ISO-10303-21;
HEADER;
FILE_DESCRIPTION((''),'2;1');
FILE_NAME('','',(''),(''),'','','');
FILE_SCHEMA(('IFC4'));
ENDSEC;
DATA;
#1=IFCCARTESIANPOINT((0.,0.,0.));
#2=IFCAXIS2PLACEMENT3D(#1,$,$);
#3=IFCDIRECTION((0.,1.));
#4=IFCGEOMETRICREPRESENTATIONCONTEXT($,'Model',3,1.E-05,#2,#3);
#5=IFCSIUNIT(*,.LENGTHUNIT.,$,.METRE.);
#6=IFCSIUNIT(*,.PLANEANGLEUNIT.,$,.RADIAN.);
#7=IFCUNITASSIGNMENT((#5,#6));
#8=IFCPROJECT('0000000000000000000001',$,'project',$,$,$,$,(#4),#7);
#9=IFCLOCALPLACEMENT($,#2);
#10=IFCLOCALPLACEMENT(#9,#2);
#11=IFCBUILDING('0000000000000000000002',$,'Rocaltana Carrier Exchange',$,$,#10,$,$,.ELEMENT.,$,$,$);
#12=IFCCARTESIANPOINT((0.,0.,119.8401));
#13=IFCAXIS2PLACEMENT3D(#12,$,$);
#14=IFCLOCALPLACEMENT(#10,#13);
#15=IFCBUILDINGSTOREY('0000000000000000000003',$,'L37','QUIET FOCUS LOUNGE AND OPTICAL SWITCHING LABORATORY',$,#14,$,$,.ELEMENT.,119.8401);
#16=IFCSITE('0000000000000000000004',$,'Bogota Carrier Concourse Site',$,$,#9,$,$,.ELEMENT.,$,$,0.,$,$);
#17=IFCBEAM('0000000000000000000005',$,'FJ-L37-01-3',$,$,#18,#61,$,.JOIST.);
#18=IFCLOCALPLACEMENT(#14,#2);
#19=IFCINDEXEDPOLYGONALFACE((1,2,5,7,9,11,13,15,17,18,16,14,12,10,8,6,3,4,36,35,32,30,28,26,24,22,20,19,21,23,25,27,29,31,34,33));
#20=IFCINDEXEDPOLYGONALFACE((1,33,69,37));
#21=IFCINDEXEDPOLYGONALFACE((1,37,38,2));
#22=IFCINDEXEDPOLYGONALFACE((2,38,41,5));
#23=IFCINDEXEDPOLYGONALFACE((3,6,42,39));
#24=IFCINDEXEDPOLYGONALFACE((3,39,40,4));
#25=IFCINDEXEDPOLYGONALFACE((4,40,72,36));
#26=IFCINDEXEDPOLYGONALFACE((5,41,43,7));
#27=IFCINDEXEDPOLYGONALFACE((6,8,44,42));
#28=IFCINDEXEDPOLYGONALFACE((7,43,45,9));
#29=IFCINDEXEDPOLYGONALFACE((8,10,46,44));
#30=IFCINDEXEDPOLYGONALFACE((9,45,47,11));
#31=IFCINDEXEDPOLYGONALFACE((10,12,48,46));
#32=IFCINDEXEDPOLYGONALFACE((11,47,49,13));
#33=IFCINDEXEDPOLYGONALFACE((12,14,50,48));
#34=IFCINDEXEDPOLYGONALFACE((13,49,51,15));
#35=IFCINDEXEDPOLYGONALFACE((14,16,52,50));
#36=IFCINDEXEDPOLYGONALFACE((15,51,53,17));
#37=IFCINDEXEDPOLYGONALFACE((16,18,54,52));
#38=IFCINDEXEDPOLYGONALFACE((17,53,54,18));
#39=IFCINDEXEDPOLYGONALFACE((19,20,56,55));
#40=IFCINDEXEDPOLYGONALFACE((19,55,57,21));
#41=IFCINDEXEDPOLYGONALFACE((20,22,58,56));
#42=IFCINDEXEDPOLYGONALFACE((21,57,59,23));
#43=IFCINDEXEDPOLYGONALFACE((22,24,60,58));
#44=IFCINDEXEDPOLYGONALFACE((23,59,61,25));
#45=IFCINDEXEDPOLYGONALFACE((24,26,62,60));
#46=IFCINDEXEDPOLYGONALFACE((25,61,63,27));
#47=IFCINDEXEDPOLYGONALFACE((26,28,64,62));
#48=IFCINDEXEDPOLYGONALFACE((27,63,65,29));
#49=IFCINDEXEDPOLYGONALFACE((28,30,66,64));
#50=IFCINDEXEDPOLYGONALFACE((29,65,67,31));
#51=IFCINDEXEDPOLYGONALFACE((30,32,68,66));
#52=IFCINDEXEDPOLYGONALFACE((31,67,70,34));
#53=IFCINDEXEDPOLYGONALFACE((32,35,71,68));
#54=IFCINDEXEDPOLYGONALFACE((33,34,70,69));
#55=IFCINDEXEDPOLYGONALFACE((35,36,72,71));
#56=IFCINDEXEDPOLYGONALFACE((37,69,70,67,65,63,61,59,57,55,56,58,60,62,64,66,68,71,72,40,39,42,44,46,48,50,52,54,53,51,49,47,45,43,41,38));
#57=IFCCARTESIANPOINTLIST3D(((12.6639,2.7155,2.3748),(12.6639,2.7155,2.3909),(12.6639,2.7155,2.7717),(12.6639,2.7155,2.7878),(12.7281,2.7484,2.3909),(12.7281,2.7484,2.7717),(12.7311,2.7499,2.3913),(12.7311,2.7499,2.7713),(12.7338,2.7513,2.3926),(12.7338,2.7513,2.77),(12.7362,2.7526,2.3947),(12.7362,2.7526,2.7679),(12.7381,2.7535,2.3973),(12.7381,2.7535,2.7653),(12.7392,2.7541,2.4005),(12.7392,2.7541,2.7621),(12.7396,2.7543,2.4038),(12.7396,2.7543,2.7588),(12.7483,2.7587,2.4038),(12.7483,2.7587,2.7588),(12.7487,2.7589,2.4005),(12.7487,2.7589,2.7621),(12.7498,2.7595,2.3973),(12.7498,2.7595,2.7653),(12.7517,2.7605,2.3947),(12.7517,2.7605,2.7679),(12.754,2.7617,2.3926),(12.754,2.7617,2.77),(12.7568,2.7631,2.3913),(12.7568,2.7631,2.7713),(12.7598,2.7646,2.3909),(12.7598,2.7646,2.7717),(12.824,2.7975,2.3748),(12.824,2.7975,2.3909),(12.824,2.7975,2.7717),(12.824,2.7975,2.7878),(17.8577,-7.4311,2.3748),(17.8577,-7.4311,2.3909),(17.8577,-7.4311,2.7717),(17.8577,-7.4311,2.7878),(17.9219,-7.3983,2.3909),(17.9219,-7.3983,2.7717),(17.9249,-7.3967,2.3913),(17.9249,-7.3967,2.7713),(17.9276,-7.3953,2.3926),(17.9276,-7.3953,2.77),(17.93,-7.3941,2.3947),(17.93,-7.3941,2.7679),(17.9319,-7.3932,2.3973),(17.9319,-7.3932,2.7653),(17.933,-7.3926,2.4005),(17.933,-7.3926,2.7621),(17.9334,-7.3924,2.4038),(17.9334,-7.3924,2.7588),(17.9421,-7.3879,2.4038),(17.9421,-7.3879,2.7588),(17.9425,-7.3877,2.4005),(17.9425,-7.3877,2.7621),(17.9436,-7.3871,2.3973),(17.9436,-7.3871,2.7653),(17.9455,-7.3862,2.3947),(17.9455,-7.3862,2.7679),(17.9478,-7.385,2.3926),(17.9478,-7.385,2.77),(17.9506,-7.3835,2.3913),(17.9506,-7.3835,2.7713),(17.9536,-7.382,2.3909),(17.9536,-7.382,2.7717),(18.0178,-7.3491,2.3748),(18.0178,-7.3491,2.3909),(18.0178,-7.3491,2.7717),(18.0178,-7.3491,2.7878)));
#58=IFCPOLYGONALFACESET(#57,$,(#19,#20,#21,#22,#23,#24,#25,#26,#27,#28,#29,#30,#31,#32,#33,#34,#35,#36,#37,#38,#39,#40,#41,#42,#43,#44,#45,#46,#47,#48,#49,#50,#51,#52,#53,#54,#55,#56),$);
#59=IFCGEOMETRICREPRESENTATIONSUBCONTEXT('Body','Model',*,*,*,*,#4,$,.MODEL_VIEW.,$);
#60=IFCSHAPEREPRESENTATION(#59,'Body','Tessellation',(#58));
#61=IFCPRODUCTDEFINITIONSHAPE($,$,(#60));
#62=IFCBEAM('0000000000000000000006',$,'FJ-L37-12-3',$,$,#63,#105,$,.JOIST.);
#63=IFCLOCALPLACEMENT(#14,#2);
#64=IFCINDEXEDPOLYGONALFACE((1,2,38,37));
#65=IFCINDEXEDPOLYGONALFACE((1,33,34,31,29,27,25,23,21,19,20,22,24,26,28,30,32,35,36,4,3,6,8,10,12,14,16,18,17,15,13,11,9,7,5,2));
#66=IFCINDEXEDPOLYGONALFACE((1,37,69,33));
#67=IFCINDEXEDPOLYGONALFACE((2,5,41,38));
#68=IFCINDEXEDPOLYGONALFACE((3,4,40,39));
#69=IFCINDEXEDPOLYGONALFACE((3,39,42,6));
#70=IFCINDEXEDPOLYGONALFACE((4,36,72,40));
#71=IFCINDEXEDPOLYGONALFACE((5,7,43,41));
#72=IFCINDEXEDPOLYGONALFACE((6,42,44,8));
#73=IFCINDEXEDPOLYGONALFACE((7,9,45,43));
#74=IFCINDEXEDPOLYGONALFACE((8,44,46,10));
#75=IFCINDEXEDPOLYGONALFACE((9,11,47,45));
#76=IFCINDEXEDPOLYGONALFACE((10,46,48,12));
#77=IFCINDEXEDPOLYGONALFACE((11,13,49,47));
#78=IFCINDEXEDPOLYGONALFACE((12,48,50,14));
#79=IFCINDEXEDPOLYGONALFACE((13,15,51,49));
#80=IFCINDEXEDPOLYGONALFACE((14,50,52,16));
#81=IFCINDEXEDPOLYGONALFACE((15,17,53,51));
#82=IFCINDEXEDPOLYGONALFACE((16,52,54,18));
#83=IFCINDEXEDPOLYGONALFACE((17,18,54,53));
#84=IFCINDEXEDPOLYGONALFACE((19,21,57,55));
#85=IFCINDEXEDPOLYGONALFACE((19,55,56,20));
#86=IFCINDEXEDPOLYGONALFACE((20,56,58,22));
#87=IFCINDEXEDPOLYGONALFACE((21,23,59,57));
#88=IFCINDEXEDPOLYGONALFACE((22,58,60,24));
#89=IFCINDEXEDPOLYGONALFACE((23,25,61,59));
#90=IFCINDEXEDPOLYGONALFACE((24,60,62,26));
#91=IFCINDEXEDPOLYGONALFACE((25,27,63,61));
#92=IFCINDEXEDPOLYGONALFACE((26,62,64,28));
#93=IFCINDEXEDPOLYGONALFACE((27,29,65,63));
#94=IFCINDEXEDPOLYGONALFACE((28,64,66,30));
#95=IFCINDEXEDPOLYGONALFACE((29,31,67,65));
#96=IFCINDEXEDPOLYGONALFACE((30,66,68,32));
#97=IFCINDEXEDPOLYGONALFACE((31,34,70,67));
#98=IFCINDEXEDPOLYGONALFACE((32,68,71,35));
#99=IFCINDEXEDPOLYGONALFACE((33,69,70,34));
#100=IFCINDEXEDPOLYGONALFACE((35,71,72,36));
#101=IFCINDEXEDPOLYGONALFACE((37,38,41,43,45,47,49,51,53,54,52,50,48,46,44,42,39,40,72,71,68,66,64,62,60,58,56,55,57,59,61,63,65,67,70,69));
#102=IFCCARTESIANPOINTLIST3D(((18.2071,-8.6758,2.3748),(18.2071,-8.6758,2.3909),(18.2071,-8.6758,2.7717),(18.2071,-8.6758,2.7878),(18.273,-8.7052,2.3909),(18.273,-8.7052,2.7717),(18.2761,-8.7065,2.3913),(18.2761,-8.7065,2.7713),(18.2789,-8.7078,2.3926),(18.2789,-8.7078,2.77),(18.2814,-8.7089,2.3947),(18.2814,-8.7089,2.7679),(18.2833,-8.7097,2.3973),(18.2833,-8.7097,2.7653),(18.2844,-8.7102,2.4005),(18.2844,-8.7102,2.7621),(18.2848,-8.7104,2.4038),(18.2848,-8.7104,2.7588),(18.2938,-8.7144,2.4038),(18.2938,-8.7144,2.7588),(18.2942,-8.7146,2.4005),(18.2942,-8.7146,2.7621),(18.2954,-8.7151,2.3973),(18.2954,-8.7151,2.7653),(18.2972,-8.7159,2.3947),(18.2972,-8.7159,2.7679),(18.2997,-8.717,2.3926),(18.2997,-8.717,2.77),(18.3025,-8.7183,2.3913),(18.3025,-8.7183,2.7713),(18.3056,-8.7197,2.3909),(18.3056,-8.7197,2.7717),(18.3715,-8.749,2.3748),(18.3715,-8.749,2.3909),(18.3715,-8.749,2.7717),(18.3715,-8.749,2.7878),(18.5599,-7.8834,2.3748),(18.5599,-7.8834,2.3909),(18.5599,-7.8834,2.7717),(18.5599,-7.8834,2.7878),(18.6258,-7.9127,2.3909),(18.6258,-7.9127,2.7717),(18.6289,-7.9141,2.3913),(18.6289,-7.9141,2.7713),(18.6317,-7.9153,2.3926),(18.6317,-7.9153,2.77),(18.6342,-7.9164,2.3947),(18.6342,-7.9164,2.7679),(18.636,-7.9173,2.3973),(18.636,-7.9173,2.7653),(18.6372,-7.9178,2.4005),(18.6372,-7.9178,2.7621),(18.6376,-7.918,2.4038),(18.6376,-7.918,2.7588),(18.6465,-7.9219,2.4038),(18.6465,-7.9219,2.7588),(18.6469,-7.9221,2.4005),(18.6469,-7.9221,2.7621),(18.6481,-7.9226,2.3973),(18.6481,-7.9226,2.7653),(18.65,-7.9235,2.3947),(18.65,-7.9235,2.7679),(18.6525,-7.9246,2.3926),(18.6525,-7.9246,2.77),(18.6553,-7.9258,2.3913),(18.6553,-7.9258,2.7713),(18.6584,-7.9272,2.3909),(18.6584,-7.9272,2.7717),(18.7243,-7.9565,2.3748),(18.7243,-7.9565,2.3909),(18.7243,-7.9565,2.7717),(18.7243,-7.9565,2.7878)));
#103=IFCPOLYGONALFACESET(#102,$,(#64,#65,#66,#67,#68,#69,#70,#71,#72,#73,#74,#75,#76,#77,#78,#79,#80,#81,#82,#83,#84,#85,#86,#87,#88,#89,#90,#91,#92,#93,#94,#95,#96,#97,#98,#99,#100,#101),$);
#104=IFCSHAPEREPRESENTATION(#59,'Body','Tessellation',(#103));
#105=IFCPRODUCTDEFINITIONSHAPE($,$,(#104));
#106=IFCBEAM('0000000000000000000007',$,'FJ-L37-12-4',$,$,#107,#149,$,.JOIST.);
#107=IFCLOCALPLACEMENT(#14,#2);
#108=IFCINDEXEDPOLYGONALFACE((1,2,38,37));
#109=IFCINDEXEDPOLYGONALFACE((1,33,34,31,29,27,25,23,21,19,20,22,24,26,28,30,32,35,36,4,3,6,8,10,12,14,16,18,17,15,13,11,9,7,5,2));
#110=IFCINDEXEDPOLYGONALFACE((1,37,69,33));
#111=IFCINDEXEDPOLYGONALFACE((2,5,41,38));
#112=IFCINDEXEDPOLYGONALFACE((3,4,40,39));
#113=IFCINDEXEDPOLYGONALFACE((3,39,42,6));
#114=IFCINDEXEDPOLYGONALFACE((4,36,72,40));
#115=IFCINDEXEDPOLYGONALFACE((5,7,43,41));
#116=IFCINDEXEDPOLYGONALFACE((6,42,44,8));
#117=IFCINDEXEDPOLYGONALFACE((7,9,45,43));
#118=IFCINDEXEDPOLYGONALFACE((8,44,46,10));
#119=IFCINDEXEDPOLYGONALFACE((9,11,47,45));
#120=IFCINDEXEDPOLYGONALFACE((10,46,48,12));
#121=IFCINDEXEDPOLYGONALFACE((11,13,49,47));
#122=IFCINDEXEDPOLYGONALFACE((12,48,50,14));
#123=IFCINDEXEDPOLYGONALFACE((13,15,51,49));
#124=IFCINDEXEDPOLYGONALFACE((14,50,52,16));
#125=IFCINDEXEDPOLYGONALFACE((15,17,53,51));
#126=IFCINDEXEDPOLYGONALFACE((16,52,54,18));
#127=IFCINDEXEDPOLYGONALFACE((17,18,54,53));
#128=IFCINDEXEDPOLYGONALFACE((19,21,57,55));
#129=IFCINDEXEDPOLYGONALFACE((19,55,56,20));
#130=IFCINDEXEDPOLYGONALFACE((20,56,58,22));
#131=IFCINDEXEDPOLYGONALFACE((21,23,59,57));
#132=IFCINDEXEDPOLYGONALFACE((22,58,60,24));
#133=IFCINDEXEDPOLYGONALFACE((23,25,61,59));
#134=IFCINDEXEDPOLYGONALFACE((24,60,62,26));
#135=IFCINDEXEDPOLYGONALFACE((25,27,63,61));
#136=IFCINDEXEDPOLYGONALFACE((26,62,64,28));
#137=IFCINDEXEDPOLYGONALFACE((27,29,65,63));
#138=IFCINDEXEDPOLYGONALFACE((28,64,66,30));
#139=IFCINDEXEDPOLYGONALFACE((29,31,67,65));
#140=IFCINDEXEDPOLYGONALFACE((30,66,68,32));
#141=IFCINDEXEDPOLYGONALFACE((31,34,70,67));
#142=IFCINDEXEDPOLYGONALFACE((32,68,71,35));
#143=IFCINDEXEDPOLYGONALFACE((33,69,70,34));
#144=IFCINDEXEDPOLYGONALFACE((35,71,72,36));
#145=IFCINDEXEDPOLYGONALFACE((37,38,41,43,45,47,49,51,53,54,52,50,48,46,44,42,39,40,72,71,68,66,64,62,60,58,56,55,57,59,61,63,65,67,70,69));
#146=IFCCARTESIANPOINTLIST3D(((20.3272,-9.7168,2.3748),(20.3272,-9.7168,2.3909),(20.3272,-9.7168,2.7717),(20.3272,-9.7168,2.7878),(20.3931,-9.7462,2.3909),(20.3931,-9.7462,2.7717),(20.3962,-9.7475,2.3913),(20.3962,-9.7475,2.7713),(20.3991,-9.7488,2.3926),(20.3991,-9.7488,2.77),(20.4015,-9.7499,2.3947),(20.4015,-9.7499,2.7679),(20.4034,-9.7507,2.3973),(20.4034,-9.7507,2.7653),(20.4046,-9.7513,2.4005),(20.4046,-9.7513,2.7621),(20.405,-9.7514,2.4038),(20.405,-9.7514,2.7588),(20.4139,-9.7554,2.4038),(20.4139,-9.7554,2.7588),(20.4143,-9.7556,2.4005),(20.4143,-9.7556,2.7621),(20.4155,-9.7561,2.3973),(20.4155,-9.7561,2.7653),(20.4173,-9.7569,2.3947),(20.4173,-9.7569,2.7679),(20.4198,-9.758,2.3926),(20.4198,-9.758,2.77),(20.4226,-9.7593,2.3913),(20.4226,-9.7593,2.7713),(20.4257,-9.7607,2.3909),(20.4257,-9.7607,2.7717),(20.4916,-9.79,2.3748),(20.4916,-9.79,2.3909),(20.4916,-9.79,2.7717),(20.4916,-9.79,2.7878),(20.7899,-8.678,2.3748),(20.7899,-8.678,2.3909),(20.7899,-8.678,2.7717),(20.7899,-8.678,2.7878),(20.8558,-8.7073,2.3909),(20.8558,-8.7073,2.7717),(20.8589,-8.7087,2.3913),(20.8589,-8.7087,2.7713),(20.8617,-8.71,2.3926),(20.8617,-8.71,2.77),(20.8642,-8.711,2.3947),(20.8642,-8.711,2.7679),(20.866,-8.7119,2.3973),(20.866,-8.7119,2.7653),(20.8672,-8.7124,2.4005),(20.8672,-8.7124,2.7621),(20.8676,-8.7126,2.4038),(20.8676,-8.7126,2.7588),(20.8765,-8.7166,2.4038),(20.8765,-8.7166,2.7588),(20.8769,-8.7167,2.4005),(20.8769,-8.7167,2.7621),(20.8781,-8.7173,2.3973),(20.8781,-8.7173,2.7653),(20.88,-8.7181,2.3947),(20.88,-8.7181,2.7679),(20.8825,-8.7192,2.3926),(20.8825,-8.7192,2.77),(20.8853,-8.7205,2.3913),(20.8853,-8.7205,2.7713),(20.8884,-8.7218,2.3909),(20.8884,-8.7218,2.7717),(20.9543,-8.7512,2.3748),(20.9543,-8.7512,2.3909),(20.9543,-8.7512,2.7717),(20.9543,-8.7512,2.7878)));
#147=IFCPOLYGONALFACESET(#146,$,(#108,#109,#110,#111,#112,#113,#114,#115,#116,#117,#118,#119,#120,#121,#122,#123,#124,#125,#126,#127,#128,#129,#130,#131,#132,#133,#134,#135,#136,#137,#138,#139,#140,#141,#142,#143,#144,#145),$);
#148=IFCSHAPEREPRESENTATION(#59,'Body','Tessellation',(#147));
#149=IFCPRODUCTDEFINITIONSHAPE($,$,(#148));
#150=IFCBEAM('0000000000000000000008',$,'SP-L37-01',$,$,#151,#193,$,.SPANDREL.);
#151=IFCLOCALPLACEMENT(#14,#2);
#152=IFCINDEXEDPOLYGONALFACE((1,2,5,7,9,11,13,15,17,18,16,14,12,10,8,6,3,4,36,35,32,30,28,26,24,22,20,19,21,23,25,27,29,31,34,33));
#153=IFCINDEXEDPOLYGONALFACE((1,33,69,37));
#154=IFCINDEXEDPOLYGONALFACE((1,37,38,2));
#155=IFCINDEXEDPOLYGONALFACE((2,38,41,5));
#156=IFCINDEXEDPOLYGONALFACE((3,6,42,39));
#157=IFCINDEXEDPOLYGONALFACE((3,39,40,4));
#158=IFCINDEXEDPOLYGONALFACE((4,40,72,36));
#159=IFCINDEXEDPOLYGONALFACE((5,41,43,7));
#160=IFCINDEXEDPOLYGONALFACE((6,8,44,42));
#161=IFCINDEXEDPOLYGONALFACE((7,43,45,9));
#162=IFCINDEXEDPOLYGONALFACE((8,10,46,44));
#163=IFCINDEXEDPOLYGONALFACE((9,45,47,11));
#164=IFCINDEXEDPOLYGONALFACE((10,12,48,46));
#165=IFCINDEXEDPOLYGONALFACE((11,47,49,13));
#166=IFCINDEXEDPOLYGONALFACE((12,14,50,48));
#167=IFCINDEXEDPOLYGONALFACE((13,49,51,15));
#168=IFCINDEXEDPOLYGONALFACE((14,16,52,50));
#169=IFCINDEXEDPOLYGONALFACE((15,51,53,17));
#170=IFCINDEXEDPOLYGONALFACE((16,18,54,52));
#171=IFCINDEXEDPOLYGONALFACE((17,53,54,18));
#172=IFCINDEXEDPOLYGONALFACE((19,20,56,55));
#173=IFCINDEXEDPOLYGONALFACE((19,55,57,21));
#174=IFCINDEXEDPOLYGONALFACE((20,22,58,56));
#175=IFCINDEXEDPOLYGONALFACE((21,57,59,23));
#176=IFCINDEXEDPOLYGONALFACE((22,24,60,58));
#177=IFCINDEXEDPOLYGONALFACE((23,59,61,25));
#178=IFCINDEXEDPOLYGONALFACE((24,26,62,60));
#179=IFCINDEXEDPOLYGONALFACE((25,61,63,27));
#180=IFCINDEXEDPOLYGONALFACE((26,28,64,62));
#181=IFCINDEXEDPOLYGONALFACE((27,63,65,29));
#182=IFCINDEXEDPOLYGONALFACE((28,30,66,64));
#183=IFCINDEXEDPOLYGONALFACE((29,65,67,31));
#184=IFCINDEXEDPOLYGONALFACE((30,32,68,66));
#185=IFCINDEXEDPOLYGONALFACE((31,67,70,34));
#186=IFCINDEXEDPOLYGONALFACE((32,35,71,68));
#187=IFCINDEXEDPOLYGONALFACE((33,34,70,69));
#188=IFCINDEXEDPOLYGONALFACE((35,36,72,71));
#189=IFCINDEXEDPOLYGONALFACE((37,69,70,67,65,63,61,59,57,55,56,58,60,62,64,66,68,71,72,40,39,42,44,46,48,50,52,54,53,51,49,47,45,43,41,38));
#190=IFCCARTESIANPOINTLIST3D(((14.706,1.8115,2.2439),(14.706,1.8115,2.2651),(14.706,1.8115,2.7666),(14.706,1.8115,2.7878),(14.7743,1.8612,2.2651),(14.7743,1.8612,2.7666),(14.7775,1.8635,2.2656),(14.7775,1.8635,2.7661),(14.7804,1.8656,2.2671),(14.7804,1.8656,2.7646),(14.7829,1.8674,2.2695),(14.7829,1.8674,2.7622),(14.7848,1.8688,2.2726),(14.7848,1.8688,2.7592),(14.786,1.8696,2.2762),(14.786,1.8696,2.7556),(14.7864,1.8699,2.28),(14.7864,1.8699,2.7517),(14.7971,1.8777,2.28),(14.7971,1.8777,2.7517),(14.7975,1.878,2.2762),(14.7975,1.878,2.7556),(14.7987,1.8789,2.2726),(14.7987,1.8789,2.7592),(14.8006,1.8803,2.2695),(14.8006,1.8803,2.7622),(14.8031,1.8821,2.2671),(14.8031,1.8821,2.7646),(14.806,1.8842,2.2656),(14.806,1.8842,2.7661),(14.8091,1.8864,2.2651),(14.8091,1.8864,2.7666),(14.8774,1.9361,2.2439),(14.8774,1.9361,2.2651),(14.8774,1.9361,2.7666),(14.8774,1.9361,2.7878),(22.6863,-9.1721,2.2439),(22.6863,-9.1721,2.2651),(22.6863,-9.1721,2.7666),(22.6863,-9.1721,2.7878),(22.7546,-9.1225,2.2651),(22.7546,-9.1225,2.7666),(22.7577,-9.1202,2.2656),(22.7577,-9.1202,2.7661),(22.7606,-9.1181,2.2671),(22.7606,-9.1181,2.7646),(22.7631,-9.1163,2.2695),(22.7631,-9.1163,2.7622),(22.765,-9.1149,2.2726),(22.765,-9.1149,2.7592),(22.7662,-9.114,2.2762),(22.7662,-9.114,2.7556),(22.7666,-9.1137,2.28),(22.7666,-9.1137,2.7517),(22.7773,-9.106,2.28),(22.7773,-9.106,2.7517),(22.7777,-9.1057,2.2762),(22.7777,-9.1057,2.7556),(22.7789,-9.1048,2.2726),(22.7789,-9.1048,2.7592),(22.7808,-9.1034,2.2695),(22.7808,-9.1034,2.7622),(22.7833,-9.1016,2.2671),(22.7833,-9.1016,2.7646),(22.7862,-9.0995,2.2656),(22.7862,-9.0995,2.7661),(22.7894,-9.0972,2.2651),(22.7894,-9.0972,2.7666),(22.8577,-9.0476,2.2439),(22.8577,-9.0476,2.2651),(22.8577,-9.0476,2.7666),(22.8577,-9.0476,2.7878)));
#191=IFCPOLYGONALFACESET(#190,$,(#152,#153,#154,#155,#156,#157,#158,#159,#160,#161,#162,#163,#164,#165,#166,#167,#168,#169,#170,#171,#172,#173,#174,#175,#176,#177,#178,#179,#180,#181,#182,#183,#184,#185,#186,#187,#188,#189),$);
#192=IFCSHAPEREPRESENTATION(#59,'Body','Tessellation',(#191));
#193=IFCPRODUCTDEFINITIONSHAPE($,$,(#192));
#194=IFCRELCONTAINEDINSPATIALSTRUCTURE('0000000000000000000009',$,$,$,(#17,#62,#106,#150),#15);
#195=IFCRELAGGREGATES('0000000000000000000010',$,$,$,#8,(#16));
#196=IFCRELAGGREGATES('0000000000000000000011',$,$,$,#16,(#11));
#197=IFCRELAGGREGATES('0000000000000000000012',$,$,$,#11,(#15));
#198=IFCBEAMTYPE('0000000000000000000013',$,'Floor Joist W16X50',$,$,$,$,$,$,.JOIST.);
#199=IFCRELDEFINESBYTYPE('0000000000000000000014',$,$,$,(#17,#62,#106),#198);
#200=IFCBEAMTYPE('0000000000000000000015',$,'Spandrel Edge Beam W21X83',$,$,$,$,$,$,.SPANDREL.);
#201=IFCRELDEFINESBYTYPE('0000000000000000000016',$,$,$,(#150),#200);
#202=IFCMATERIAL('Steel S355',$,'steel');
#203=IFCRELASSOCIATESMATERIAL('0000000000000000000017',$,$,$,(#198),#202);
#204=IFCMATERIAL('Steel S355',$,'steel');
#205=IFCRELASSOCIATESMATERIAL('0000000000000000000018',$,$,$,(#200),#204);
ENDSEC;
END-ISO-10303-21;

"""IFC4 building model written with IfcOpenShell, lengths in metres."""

from ifc_helpers import new_model, si_unit, direction, frame, origin, origin_2d, place, context, subcontext, project, spatial, i_section, extrude, material, material_profile, profile_set, type_object, element, save


model = new_model("IFC4")

# Units and contexts
model_context = context("Model", 3, precision=1e-05, world=origin(), true_north=direction((0.0, 1.0)))
body_context = subcontext(model_context, "Body", "Model", "MODEL_VIEW")
ifc_project = project(units=[si_unit("LENGTHUNIT", "METRE"), si_unit("PLANEANGLEUNIT", "RADIAN")], contexts=[model_context])

# Site, building, storey
site_placement = place(None, origin())
site = spatial("IfcSite", under=ifc_project, at=site_placement, Name="Bogota Carrier Concourse Site", CompositionType="ELEMENT", RefElevation=0.0)
building_placement = place(site_placement, origin())
building = spatial("IfcBuilding", under=site, at=building_placement, Name="Rocaltana Carrier Exchange", CompositionType="ELEMENT")
storey_placement = place(building_placement, frame((0.0, 0.0, 119.8401)))
storey = spatial("IfcBuildingStorey", under=building, at=storey_placement, Name="L37", Description="QUIET FOCUS LOUNGE AND OPTICAL SWITCHING LABORATORY", CompositionType="ELEMENT", Elevation=119.8401)

# Beams
ifc_material_1 = material(Name="Steel S355", Category="steel")
ifc_material_profile_1 = material_profile(ifc_material_1, i_section(OverallWidth=0.1799, OverallDepth=0.4131, WebThickness=0.0098, FlangeThickness=0.0161, FilletRadius=0.0129, at=origin_2d()), Name="W16X50")
ifc_profile_set_1 = profile_set([ifc_material_profile_1], Name="Steel S355")
beam_type_1 = type_object("IfcBeamType", Name="Floor Joist W16X50", PredefinedType="JOIST", material=ifc_profile_set_1)
beam_1_placement = place(storey_placement, frame((17.9377, -7.3901, 2.5813), z_axis=(-0.455649, 0.890159, 0.0), x_axis=(-0.890159, -0.455649, 0.0)))
element("IfcBeam", 1, at=beam_1_placement, inside=storey, type_object=beam_type_1, Name="FJ-L37-01-3", PredefinedType="JOIST", context=body_context, shape_type="SweptSolid", body=[
    extrude(i_section(OverallWidth=0.1799, OverallDepth=0.4131, WebThickness=0.0098, FlangeThickness=0.0161, FilletRadius=0.0129, at=origin_2d()), origin(), (0.0, 0.0, 1.0), 11.3987),
])
beam_2_placement = place(storey_placement, frame((18.2893, -8.7124, 2.5813), z_axis=(0.406687, 0.913568, 0.0), x_axis=(-0.913568, 0.406687, 0.0)))
element("IfcBeam", 2, at=beam_2_placement, inside=storey, type_object=beam_type_1, Name="FJ-L37-12-3", PredefinedType="JOIST", context=body_context, shape_type="SweptSolid", body=[
    extrude(i_section(OverallWidth=0.1799, OverallDepth=0.4131, WebThickness=0.0098, FlangeThickness=0.0161, FilletRadius=0.0129, at=origin_2d()), origin(), (0.0, 0.0, 1.0), 0.8674),
])
beam_3_placement = place(storey_placement, frame((20.4094, -9.7534, 2.5813), z_axis=(0.406836, 0.913501, 0.0), x_axis=(-0.913501, 0.406836, 0.0)))
element("IfcBeam", 3, at=beam_3_placement, inside=storey, type_object=beam_type_1, Name="FJ-L37-12-4", PredefinedType="JOIST", context=body_context, shape_type="SweptSolid", body=[
    extrude(i_section(OverallWidth=0.1799, OverallDepth=0.4131, WebThickness=0.0098, FlangeThickness=0.0161, FilletRadius=0.0129, at=origin_2d()), origin(), (0.0, 0.0, 1.0), 1.1372),
])
ifc_material_2 = material(Name="Steel S355", Category="steel")
ifc_material_profile_2 = material_profile(ifc_material_2, i_section(OverallWidth=0.2119, OverallDepth=0.5439, WebThickness=0.0132, FlangeThickness=0.0212, FilletRadius=0.0149, at=origin_2d()), Name="W21X83")
ifc_profile_set_2 = profile_set([ifc_material_profile_2], Name="Steel S355")
beam_type_2 = type_object("IfcBeamType", Name="Spandrel Edge Beam W21X83", PredefinedType="SPANDREL", material=ifc_profile_set_2)
beam_4_placement = place(storey_placement, frame((22.772, -9.1099, 2.5159), z_axis=(-0.587792, 0.809012, 0.0), x_axis=(-0.809012, -0.587792, 0.0)))
element("IfcBeam", 4, at=beam_4_placement, inside=storey, type_object=beam_type_2, Name="SP-L37-01", PredefinedType="SPANDREL", context=body_context, shape_type="SweptSolid", body=[
    extrude(i_section(OverallWidth=0.2119, OverallDepth=0.5439, WebThickness=0.0132, FlangeThickness=0.0212, FilletRadius=0.0149, at=origin_2d()), origin(), (0.0, 0.0, 1.0), 13.5767),
])

save(model, "model.ifc")
